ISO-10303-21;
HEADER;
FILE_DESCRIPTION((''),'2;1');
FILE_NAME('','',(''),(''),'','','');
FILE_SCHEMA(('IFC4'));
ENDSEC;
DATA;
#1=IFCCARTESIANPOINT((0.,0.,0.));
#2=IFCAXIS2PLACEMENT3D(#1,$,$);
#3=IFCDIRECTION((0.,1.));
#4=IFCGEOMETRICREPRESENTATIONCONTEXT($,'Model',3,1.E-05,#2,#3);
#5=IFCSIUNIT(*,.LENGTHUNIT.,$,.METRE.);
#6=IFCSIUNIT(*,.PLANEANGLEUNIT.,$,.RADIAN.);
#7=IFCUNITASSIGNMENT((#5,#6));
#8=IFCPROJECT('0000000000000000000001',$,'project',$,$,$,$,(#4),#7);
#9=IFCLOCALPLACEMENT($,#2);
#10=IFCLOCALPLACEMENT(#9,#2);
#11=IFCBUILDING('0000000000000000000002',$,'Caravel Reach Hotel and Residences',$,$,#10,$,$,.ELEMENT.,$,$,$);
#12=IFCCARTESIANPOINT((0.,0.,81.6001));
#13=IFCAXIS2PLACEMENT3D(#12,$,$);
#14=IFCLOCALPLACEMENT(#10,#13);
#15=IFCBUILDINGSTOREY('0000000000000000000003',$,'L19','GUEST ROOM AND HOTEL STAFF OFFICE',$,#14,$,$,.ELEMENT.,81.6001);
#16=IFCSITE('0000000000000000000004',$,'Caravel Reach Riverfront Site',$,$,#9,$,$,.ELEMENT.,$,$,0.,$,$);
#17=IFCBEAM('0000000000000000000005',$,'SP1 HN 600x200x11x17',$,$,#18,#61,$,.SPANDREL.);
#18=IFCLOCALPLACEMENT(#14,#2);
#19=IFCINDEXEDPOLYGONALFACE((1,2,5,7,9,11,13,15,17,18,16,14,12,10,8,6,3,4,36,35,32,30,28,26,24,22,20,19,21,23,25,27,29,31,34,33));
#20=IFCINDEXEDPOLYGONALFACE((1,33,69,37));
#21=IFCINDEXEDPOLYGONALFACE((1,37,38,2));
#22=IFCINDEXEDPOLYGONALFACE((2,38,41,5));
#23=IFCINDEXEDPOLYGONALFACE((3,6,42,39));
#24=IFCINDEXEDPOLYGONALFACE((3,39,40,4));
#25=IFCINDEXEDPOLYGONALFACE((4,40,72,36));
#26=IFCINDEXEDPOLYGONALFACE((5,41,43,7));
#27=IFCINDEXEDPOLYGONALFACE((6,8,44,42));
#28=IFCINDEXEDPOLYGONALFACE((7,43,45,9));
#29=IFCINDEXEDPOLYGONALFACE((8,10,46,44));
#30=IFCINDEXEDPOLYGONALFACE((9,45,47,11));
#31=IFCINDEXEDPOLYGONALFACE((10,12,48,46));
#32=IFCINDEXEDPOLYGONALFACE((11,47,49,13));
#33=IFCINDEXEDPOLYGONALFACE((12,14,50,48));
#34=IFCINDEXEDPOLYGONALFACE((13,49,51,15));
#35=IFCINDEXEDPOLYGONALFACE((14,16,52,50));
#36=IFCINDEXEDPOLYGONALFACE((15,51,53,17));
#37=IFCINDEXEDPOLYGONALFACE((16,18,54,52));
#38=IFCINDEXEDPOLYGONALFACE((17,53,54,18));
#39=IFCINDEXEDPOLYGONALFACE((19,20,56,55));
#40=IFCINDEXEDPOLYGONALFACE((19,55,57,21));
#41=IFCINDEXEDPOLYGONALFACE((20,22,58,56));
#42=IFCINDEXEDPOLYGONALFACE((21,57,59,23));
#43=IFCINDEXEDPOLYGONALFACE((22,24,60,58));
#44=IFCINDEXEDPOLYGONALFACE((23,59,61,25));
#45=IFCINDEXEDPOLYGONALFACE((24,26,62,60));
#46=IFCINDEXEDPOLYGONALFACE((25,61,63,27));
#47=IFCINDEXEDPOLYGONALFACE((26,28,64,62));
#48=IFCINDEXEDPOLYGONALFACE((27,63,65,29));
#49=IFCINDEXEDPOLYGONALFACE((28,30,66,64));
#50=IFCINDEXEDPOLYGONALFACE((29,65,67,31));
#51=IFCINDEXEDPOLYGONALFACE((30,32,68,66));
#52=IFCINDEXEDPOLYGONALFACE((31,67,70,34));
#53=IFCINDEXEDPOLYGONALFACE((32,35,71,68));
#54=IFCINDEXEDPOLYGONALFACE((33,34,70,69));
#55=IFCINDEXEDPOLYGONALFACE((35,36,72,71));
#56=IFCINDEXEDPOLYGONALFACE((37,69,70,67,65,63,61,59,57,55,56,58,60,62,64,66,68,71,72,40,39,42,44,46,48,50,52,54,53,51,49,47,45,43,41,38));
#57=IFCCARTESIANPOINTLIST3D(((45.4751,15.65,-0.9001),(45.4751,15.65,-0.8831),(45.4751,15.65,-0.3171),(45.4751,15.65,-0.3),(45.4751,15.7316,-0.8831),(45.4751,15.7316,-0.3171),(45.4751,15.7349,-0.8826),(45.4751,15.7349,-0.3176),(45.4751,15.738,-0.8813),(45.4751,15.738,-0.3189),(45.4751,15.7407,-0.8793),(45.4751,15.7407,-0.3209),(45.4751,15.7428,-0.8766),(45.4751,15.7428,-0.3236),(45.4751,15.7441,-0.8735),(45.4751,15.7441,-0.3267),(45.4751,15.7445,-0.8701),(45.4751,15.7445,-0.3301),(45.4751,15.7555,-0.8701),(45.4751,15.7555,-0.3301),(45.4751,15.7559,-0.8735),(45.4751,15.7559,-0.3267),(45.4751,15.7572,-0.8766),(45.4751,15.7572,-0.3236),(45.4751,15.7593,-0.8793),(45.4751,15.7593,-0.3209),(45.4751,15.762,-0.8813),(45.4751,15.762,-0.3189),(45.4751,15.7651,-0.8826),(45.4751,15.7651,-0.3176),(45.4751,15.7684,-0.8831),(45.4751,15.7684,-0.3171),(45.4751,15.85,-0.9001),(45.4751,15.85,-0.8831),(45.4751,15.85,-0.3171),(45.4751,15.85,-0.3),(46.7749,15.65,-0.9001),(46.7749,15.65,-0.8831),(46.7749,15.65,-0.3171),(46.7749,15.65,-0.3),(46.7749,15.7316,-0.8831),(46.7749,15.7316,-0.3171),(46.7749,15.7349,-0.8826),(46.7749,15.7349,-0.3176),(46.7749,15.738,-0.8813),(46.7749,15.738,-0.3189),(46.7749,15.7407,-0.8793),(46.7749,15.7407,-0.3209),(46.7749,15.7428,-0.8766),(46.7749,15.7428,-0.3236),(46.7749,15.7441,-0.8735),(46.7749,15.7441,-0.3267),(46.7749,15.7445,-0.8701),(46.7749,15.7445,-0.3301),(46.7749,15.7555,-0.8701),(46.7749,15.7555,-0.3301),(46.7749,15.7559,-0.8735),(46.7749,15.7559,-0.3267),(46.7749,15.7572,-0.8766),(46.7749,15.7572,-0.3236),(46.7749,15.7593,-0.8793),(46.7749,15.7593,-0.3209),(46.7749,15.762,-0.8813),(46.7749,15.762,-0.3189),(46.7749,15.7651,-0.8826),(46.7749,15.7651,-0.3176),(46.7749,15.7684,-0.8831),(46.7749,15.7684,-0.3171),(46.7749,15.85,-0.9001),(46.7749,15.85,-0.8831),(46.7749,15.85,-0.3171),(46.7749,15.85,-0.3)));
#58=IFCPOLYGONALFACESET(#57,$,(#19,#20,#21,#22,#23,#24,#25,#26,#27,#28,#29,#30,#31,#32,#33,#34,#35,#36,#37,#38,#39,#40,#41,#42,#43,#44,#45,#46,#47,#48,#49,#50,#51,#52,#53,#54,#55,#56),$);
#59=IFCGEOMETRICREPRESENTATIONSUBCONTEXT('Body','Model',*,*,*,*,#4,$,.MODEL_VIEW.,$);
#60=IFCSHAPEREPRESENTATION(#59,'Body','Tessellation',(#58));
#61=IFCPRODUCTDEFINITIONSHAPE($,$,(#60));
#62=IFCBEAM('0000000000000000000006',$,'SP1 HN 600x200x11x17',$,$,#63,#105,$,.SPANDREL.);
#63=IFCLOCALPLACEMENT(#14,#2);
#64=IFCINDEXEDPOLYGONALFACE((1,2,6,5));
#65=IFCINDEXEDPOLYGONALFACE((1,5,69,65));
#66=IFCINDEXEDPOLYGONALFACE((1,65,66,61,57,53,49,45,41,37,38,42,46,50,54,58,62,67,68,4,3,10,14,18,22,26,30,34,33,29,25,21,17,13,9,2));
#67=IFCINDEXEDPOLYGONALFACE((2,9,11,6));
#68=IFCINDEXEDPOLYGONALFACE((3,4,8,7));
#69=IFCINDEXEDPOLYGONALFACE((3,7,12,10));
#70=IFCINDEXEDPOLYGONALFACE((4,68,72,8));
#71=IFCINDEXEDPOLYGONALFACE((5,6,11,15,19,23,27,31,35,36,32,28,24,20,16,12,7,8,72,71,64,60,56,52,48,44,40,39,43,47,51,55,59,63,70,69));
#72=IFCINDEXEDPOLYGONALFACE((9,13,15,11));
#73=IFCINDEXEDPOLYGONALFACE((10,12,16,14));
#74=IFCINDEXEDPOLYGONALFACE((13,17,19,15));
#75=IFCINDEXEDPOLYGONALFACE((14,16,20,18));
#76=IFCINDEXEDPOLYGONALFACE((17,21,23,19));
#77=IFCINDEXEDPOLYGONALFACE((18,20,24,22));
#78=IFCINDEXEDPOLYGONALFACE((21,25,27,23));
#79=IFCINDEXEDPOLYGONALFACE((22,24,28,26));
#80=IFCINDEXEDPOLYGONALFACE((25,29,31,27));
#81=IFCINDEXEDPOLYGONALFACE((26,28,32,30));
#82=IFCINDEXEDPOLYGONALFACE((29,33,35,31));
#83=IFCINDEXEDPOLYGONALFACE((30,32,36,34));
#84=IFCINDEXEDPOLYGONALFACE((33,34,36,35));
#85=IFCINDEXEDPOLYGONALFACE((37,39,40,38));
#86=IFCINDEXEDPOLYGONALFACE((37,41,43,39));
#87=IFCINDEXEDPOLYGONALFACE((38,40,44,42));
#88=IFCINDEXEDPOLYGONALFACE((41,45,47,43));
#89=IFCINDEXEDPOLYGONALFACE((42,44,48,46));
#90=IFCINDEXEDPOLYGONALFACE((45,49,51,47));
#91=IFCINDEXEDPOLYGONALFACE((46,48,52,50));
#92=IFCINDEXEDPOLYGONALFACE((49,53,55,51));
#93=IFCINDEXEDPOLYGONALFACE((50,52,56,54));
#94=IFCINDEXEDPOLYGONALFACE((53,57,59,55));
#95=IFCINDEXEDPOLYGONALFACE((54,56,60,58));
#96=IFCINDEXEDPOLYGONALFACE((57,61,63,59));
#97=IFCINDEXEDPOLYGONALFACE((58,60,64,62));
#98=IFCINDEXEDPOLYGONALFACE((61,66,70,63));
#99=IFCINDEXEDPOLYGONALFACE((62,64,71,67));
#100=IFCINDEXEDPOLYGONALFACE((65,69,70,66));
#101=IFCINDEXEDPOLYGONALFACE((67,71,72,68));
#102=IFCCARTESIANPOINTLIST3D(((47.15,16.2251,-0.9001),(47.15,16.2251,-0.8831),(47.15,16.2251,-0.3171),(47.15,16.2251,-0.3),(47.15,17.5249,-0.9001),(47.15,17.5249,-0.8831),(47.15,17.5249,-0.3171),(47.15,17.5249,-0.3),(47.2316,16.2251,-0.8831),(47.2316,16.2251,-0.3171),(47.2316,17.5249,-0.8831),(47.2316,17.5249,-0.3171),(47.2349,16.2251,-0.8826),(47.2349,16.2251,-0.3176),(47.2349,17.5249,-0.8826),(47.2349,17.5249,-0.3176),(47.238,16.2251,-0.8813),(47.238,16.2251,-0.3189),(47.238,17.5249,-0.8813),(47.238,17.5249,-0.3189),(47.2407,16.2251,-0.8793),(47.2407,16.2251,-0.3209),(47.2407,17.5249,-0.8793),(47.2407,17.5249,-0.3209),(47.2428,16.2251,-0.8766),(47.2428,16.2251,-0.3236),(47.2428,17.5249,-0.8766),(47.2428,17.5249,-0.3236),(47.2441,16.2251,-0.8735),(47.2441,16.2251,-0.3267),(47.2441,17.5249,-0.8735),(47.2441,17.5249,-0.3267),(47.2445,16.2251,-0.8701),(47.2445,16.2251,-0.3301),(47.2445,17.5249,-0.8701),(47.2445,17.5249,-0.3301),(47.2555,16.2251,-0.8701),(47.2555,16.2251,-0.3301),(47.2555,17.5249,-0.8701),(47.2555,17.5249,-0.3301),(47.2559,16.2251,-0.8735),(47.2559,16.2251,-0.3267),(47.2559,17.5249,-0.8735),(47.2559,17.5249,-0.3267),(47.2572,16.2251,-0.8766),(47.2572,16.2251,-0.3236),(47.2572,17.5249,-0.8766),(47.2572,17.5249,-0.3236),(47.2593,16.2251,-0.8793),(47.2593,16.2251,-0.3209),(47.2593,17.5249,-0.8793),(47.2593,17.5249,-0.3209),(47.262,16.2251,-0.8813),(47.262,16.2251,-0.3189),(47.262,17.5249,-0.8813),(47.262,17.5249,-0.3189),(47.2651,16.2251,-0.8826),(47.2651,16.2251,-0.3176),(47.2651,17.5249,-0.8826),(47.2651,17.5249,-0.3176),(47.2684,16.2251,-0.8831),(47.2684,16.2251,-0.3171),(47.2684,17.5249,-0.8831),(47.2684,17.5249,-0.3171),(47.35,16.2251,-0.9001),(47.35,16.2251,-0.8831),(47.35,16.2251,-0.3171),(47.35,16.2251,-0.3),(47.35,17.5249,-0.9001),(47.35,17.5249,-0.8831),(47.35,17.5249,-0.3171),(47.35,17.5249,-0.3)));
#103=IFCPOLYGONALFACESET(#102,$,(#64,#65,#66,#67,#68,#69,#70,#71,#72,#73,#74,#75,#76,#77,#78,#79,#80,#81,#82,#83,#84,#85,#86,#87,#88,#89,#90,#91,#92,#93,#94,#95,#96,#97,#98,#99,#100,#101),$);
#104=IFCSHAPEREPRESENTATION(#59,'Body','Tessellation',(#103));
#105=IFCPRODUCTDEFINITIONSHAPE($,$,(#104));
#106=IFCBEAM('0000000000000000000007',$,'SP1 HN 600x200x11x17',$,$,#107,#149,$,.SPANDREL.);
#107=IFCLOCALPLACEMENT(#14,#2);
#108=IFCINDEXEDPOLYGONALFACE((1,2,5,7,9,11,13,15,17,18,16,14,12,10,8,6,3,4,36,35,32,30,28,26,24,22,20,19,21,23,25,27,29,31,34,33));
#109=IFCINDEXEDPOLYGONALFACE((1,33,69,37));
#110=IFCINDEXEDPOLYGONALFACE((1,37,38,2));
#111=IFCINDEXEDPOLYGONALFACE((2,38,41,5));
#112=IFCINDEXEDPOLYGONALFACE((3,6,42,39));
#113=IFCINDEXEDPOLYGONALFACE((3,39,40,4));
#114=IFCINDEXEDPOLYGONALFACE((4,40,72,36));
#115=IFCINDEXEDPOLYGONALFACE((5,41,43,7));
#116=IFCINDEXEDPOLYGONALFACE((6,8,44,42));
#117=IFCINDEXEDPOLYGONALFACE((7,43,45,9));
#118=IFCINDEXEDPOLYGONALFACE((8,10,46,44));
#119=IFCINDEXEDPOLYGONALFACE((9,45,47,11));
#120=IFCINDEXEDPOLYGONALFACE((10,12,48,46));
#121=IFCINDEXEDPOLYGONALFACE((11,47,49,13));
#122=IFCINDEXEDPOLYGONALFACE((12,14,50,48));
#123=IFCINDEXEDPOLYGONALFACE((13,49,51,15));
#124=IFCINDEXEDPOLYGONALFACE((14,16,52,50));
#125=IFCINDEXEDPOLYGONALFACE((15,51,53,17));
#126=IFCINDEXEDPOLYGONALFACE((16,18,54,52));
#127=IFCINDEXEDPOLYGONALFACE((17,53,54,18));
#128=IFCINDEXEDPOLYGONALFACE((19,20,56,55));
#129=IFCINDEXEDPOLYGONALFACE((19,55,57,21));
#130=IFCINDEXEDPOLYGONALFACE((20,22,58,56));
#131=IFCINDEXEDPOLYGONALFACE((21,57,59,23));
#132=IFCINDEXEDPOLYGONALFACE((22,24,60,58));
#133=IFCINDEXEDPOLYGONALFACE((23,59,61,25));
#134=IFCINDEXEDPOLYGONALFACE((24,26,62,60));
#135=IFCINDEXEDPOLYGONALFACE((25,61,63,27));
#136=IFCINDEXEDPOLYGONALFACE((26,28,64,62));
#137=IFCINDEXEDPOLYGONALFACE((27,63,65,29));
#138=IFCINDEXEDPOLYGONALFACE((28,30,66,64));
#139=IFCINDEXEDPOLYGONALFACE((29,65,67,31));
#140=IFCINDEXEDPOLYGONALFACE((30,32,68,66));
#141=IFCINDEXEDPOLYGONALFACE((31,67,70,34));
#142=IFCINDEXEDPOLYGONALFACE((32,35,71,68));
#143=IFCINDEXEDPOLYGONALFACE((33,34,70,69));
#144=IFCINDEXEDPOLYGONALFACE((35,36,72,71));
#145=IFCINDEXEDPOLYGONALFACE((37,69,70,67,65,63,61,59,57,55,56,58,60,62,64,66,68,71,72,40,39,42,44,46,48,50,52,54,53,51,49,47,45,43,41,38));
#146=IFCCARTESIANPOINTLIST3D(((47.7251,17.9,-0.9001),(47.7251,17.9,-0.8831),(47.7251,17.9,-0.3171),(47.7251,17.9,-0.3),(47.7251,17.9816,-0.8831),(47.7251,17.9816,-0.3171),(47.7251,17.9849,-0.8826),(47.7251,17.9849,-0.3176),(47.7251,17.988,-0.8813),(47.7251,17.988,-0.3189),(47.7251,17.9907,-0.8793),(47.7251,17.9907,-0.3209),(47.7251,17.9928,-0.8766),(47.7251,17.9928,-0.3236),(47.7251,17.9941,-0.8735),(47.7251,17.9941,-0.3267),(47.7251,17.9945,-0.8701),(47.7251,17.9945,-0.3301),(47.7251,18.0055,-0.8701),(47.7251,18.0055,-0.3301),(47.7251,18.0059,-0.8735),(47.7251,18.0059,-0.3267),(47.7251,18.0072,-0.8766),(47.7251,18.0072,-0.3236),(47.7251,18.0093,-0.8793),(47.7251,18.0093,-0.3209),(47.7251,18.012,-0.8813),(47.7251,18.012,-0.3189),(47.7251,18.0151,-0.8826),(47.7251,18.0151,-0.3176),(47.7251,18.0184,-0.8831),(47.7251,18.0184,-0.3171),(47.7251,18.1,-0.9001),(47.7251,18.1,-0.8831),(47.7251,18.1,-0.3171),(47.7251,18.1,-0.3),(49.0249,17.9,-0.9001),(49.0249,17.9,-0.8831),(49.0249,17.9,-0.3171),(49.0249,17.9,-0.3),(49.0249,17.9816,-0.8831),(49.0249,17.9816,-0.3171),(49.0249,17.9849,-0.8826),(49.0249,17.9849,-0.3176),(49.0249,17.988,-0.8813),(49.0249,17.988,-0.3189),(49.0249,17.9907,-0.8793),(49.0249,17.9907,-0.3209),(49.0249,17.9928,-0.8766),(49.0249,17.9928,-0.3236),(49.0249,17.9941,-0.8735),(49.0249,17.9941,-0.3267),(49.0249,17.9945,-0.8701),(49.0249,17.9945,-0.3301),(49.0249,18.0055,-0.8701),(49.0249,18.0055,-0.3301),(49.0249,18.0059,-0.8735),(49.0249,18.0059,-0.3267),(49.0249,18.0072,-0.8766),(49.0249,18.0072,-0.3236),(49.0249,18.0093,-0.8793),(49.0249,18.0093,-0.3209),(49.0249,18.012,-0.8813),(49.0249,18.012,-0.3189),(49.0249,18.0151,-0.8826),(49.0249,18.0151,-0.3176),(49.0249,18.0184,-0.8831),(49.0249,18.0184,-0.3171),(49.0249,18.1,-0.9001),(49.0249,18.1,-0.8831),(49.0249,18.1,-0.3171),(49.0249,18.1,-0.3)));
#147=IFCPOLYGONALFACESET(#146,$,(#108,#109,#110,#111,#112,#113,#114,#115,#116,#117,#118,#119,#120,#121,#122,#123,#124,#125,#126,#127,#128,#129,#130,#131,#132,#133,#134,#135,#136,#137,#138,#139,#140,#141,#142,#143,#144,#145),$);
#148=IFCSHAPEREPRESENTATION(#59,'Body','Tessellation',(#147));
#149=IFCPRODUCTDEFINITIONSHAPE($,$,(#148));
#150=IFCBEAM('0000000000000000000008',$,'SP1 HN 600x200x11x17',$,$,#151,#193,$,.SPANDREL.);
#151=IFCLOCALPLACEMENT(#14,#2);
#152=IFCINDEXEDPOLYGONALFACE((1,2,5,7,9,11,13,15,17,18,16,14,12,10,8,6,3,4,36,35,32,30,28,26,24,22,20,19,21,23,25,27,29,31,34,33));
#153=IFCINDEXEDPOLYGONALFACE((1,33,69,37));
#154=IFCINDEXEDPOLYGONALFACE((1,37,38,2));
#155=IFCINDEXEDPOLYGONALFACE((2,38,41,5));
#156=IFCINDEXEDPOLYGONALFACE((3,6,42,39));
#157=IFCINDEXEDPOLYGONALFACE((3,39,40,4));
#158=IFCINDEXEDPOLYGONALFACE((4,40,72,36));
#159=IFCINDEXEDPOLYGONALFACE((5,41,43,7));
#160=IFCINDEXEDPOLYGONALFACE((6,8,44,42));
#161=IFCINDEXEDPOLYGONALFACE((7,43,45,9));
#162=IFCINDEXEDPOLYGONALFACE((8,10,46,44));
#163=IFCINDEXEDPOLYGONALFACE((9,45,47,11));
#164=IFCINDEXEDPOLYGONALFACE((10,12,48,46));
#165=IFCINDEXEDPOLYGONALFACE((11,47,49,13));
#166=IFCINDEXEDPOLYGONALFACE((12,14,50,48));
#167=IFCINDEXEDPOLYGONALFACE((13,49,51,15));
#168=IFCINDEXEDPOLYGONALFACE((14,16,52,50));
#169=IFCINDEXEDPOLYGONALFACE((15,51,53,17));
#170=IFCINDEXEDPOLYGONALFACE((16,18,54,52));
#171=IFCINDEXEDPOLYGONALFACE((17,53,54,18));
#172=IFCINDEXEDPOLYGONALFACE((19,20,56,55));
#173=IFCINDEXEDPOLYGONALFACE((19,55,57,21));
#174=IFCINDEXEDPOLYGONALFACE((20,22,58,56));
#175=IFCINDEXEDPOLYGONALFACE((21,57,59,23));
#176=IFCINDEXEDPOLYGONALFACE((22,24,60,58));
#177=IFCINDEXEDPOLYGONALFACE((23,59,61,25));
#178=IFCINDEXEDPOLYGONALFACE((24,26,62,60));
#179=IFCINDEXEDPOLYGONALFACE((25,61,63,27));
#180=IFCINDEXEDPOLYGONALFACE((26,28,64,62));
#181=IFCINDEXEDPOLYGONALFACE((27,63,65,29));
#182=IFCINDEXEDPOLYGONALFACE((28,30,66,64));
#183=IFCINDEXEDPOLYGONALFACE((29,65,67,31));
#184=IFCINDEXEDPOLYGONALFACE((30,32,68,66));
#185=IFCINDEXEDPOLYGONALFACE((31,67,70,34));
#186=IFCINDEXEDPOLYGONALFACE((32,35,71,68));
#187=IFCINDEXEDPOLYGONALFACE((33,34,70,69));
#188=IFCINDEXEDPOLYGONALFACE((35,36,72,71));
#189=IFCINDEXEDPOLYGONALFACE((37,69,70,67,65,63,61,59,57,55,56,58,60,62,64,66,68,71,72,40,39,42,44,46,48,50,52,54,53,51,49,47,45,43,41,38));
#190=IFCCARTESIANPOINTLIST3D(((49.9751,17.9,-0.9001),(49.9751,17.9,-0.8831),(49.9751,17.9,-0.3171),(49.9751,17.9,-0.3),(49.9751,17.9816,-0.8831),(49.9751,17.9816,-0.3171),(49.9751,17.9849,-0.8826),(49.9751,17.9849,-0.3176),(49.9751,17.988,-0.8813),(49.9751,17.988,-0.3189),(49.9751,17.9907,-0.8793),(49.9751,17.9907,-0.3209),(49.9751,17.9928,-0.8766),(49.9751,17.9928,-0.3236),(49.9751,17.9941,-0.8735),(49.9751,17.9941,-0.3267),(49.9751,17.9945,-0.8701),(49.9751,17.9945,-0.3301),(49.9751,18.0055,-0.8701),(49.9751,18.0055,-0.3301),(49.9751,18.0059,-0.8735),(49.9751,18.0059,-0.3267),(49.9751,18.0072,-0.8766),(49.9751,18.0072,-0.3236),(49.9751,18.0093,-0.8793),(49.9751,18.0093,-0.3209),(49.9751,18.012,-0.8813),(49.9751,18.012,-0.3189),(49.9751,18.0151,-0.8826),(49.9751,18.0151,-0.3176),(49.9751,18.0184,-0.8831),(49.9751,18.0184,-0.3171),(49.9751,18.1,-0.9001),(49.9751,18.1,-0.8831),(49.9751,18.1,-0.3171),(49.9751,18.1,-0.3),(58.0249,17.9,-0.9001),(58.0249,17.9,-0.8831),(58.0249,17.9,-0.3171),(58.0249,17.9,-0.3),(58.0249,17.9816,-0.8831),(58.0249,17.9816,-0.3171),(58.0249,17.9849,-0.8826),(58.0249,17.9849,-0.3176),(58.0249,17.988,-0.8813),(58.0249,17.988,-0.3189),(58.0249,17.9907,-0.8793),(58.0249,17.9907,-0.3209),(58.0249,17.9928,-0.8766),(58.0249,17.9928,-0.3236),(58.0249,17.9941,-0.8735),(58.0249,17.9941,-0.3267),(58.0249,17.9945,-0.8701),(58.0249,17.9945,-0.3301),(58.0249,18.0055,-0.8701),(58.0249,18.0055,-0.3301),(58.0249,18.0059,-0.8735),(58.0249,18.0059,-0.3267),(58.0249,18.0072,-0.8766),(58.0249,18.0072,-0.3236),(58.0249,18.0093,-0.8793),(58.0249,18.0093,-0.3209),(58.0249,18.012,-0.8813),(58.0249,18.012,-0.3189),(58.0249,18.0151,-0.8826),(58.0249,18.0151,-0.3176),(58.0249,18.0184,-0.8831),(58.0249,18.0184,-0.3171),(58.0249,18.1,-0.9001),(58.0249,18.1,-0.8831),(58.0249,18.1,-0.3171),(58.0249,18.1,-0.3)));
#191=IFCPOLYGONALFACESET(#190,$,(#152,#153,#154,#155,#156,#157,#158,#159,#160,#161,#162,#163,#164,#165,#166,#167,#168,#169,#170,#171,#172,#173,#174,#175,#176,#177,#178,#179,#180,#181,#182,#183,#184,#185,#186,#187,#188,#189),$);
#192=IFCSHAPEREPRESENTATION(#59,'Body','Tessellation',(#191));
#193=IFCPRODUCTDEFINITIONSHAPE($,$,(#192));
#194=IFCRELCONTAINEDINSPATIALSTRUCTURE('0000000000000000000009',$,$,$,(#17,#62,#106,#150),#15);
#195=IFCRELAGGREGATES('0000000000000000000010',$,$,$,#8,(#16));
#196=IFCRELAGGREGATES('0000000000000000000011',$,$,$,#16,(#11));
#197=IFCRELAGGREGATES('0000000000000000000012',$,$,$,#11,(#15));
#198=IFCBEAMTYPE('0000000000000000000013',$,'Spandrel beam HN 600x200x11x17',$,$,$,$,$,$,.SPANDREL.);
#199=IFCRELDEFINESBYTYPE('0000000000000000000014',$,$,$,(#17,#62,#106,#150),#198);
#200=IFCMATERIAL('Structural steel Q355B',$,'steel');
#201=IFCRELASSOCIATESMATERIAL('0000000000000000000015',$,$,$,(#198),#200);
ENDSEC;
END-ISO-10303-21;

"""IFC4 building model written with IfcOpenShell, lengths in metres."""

from ifc_helpers import new_model, si_unit, direction, frame, origin, origin_2d, place, context, subcontext, project, spatial, i_section, extrude, material, material_profile, profile_set, type_object, element, save


model = new_model("IFC4")

# Units and contexts
model_context = context("Model", 3, precision=1e-05, world=origin(), true_north=direction((0.0, 1.0)))
body_context = subcontext(model_context, "Body", "Model", "MODEL_VIEW")
ifc_project = project(units=[si_unit("LENGTHUNIT", "METRE"), si_unit("PLANEANGLEUNIT", "RADIAN")], contexts=[model_context])

# Site, building, storey
site_placement = place(None, origin())
site = spatial("IfcSite", under=ifc_project, at=site_placement, Name="Caravel Reach Riverfront Site", CompositionType="ELEMENT", RefElevation=0.0)
building_placement = place(site_placement, origin())
building = spatial("IfcBuilding", under=site, at=building_placement, Name="Caravel Reach Hotel and Residences", CompositionType="ELEMENT")
storey_placement = place(building_placement, frame((0.0, 0.0, 81.6001)))
storey = spatial("IfcBuildingStorey", under=building, at=storey_placement, Name="L19", Description="GUEST ROOM AND HOTEL STAFF OFFICE", CompositionType="ELEMENT", Elevation=81.6001)

# Beams
ifc_material_1 = material(Name="Structural steel Q355B", Category="steel")
ifc_material_profile_1 = material_profile(ifc_material_1, i_section(OverallWidth=0.2, OverallDepth=0.6001, WebThickness=0.011, FlangeThickness=0.0171, FilletRadius=0.0129, at=origin_2d()), Name="HN 600x200x11x17")
ifc_profile_set_1 = profile_set([ifc_material_profile_1], Name="Structural steel Q355B")
beam_type_1 = type_object("IfcBeamType", Name="Spandrel beam HN 600x200x11x17", PredefinedType="SPANDREL", material=ifc_profile_set_1)
for number, where, z_axis, x_axis, name in (
    (1, (45.4751, 15.75, -0.6001), (1.0, 0.0, 0.0), (0.0, 1.0, 0.0), "SP1 HN 600x200x11x17"),
    (2, (47.25, 16.2251, -0.6001), (0.0, 1.0, 0.0), (-1.0, 0.0, 0.0), "SP1 HN 600x200x11x17"),
    (3, (47.7251, 18.0, -0.6001), (1.0, 0.0, 0.0), (0.0, 1.0, 0.0), "SP1 HN 600x200x11x17"),
):
    element("IfcBeam", number, at=place(storey_placement, frame(where, z_axis=z_axis, x_axis=x_axis)), inside=storey, type_object=beam_type_1, Name=name, PredefinedType="SPANDREL", context=body_context, shape_type="SweptSolid", body=[
        extrude(i_section(OverallWidth=0.2, OverallDepth=0.6001, WebThickness=0.011, FlangeThickness=0.0171, FilletRadius=0.0129, at=origin_2d()), origin(), (0.0, 0.0, 1.0), 1.2998),
    ])
beam_1_placement = place(storey_placement, frame((49.9751, 18.0, -0.6001), z_axis=(1.0, 0.0, 0.0), x_axis=(0.0, 1.0, 0.0)))
element("IfcBeam", 4, at=beam_1_placement, inside=storey, type_object=beam_type_1, Name="SP1 HN 600x200x11x17", PredefinedType="SPANDREL", context=body_context, shape_type="SweptSolid", body=[
    extrude(i_section(OverallWidth=0.2, OverallDepth=0.6001, WebThickness=0.011, FlangeThickness=0.0171, FilletRadius=0.0129, at=origin_2d()), origin(), (0.0, 0.0, 1.0), 8.0498),
])

save(model, "model.ifc")
